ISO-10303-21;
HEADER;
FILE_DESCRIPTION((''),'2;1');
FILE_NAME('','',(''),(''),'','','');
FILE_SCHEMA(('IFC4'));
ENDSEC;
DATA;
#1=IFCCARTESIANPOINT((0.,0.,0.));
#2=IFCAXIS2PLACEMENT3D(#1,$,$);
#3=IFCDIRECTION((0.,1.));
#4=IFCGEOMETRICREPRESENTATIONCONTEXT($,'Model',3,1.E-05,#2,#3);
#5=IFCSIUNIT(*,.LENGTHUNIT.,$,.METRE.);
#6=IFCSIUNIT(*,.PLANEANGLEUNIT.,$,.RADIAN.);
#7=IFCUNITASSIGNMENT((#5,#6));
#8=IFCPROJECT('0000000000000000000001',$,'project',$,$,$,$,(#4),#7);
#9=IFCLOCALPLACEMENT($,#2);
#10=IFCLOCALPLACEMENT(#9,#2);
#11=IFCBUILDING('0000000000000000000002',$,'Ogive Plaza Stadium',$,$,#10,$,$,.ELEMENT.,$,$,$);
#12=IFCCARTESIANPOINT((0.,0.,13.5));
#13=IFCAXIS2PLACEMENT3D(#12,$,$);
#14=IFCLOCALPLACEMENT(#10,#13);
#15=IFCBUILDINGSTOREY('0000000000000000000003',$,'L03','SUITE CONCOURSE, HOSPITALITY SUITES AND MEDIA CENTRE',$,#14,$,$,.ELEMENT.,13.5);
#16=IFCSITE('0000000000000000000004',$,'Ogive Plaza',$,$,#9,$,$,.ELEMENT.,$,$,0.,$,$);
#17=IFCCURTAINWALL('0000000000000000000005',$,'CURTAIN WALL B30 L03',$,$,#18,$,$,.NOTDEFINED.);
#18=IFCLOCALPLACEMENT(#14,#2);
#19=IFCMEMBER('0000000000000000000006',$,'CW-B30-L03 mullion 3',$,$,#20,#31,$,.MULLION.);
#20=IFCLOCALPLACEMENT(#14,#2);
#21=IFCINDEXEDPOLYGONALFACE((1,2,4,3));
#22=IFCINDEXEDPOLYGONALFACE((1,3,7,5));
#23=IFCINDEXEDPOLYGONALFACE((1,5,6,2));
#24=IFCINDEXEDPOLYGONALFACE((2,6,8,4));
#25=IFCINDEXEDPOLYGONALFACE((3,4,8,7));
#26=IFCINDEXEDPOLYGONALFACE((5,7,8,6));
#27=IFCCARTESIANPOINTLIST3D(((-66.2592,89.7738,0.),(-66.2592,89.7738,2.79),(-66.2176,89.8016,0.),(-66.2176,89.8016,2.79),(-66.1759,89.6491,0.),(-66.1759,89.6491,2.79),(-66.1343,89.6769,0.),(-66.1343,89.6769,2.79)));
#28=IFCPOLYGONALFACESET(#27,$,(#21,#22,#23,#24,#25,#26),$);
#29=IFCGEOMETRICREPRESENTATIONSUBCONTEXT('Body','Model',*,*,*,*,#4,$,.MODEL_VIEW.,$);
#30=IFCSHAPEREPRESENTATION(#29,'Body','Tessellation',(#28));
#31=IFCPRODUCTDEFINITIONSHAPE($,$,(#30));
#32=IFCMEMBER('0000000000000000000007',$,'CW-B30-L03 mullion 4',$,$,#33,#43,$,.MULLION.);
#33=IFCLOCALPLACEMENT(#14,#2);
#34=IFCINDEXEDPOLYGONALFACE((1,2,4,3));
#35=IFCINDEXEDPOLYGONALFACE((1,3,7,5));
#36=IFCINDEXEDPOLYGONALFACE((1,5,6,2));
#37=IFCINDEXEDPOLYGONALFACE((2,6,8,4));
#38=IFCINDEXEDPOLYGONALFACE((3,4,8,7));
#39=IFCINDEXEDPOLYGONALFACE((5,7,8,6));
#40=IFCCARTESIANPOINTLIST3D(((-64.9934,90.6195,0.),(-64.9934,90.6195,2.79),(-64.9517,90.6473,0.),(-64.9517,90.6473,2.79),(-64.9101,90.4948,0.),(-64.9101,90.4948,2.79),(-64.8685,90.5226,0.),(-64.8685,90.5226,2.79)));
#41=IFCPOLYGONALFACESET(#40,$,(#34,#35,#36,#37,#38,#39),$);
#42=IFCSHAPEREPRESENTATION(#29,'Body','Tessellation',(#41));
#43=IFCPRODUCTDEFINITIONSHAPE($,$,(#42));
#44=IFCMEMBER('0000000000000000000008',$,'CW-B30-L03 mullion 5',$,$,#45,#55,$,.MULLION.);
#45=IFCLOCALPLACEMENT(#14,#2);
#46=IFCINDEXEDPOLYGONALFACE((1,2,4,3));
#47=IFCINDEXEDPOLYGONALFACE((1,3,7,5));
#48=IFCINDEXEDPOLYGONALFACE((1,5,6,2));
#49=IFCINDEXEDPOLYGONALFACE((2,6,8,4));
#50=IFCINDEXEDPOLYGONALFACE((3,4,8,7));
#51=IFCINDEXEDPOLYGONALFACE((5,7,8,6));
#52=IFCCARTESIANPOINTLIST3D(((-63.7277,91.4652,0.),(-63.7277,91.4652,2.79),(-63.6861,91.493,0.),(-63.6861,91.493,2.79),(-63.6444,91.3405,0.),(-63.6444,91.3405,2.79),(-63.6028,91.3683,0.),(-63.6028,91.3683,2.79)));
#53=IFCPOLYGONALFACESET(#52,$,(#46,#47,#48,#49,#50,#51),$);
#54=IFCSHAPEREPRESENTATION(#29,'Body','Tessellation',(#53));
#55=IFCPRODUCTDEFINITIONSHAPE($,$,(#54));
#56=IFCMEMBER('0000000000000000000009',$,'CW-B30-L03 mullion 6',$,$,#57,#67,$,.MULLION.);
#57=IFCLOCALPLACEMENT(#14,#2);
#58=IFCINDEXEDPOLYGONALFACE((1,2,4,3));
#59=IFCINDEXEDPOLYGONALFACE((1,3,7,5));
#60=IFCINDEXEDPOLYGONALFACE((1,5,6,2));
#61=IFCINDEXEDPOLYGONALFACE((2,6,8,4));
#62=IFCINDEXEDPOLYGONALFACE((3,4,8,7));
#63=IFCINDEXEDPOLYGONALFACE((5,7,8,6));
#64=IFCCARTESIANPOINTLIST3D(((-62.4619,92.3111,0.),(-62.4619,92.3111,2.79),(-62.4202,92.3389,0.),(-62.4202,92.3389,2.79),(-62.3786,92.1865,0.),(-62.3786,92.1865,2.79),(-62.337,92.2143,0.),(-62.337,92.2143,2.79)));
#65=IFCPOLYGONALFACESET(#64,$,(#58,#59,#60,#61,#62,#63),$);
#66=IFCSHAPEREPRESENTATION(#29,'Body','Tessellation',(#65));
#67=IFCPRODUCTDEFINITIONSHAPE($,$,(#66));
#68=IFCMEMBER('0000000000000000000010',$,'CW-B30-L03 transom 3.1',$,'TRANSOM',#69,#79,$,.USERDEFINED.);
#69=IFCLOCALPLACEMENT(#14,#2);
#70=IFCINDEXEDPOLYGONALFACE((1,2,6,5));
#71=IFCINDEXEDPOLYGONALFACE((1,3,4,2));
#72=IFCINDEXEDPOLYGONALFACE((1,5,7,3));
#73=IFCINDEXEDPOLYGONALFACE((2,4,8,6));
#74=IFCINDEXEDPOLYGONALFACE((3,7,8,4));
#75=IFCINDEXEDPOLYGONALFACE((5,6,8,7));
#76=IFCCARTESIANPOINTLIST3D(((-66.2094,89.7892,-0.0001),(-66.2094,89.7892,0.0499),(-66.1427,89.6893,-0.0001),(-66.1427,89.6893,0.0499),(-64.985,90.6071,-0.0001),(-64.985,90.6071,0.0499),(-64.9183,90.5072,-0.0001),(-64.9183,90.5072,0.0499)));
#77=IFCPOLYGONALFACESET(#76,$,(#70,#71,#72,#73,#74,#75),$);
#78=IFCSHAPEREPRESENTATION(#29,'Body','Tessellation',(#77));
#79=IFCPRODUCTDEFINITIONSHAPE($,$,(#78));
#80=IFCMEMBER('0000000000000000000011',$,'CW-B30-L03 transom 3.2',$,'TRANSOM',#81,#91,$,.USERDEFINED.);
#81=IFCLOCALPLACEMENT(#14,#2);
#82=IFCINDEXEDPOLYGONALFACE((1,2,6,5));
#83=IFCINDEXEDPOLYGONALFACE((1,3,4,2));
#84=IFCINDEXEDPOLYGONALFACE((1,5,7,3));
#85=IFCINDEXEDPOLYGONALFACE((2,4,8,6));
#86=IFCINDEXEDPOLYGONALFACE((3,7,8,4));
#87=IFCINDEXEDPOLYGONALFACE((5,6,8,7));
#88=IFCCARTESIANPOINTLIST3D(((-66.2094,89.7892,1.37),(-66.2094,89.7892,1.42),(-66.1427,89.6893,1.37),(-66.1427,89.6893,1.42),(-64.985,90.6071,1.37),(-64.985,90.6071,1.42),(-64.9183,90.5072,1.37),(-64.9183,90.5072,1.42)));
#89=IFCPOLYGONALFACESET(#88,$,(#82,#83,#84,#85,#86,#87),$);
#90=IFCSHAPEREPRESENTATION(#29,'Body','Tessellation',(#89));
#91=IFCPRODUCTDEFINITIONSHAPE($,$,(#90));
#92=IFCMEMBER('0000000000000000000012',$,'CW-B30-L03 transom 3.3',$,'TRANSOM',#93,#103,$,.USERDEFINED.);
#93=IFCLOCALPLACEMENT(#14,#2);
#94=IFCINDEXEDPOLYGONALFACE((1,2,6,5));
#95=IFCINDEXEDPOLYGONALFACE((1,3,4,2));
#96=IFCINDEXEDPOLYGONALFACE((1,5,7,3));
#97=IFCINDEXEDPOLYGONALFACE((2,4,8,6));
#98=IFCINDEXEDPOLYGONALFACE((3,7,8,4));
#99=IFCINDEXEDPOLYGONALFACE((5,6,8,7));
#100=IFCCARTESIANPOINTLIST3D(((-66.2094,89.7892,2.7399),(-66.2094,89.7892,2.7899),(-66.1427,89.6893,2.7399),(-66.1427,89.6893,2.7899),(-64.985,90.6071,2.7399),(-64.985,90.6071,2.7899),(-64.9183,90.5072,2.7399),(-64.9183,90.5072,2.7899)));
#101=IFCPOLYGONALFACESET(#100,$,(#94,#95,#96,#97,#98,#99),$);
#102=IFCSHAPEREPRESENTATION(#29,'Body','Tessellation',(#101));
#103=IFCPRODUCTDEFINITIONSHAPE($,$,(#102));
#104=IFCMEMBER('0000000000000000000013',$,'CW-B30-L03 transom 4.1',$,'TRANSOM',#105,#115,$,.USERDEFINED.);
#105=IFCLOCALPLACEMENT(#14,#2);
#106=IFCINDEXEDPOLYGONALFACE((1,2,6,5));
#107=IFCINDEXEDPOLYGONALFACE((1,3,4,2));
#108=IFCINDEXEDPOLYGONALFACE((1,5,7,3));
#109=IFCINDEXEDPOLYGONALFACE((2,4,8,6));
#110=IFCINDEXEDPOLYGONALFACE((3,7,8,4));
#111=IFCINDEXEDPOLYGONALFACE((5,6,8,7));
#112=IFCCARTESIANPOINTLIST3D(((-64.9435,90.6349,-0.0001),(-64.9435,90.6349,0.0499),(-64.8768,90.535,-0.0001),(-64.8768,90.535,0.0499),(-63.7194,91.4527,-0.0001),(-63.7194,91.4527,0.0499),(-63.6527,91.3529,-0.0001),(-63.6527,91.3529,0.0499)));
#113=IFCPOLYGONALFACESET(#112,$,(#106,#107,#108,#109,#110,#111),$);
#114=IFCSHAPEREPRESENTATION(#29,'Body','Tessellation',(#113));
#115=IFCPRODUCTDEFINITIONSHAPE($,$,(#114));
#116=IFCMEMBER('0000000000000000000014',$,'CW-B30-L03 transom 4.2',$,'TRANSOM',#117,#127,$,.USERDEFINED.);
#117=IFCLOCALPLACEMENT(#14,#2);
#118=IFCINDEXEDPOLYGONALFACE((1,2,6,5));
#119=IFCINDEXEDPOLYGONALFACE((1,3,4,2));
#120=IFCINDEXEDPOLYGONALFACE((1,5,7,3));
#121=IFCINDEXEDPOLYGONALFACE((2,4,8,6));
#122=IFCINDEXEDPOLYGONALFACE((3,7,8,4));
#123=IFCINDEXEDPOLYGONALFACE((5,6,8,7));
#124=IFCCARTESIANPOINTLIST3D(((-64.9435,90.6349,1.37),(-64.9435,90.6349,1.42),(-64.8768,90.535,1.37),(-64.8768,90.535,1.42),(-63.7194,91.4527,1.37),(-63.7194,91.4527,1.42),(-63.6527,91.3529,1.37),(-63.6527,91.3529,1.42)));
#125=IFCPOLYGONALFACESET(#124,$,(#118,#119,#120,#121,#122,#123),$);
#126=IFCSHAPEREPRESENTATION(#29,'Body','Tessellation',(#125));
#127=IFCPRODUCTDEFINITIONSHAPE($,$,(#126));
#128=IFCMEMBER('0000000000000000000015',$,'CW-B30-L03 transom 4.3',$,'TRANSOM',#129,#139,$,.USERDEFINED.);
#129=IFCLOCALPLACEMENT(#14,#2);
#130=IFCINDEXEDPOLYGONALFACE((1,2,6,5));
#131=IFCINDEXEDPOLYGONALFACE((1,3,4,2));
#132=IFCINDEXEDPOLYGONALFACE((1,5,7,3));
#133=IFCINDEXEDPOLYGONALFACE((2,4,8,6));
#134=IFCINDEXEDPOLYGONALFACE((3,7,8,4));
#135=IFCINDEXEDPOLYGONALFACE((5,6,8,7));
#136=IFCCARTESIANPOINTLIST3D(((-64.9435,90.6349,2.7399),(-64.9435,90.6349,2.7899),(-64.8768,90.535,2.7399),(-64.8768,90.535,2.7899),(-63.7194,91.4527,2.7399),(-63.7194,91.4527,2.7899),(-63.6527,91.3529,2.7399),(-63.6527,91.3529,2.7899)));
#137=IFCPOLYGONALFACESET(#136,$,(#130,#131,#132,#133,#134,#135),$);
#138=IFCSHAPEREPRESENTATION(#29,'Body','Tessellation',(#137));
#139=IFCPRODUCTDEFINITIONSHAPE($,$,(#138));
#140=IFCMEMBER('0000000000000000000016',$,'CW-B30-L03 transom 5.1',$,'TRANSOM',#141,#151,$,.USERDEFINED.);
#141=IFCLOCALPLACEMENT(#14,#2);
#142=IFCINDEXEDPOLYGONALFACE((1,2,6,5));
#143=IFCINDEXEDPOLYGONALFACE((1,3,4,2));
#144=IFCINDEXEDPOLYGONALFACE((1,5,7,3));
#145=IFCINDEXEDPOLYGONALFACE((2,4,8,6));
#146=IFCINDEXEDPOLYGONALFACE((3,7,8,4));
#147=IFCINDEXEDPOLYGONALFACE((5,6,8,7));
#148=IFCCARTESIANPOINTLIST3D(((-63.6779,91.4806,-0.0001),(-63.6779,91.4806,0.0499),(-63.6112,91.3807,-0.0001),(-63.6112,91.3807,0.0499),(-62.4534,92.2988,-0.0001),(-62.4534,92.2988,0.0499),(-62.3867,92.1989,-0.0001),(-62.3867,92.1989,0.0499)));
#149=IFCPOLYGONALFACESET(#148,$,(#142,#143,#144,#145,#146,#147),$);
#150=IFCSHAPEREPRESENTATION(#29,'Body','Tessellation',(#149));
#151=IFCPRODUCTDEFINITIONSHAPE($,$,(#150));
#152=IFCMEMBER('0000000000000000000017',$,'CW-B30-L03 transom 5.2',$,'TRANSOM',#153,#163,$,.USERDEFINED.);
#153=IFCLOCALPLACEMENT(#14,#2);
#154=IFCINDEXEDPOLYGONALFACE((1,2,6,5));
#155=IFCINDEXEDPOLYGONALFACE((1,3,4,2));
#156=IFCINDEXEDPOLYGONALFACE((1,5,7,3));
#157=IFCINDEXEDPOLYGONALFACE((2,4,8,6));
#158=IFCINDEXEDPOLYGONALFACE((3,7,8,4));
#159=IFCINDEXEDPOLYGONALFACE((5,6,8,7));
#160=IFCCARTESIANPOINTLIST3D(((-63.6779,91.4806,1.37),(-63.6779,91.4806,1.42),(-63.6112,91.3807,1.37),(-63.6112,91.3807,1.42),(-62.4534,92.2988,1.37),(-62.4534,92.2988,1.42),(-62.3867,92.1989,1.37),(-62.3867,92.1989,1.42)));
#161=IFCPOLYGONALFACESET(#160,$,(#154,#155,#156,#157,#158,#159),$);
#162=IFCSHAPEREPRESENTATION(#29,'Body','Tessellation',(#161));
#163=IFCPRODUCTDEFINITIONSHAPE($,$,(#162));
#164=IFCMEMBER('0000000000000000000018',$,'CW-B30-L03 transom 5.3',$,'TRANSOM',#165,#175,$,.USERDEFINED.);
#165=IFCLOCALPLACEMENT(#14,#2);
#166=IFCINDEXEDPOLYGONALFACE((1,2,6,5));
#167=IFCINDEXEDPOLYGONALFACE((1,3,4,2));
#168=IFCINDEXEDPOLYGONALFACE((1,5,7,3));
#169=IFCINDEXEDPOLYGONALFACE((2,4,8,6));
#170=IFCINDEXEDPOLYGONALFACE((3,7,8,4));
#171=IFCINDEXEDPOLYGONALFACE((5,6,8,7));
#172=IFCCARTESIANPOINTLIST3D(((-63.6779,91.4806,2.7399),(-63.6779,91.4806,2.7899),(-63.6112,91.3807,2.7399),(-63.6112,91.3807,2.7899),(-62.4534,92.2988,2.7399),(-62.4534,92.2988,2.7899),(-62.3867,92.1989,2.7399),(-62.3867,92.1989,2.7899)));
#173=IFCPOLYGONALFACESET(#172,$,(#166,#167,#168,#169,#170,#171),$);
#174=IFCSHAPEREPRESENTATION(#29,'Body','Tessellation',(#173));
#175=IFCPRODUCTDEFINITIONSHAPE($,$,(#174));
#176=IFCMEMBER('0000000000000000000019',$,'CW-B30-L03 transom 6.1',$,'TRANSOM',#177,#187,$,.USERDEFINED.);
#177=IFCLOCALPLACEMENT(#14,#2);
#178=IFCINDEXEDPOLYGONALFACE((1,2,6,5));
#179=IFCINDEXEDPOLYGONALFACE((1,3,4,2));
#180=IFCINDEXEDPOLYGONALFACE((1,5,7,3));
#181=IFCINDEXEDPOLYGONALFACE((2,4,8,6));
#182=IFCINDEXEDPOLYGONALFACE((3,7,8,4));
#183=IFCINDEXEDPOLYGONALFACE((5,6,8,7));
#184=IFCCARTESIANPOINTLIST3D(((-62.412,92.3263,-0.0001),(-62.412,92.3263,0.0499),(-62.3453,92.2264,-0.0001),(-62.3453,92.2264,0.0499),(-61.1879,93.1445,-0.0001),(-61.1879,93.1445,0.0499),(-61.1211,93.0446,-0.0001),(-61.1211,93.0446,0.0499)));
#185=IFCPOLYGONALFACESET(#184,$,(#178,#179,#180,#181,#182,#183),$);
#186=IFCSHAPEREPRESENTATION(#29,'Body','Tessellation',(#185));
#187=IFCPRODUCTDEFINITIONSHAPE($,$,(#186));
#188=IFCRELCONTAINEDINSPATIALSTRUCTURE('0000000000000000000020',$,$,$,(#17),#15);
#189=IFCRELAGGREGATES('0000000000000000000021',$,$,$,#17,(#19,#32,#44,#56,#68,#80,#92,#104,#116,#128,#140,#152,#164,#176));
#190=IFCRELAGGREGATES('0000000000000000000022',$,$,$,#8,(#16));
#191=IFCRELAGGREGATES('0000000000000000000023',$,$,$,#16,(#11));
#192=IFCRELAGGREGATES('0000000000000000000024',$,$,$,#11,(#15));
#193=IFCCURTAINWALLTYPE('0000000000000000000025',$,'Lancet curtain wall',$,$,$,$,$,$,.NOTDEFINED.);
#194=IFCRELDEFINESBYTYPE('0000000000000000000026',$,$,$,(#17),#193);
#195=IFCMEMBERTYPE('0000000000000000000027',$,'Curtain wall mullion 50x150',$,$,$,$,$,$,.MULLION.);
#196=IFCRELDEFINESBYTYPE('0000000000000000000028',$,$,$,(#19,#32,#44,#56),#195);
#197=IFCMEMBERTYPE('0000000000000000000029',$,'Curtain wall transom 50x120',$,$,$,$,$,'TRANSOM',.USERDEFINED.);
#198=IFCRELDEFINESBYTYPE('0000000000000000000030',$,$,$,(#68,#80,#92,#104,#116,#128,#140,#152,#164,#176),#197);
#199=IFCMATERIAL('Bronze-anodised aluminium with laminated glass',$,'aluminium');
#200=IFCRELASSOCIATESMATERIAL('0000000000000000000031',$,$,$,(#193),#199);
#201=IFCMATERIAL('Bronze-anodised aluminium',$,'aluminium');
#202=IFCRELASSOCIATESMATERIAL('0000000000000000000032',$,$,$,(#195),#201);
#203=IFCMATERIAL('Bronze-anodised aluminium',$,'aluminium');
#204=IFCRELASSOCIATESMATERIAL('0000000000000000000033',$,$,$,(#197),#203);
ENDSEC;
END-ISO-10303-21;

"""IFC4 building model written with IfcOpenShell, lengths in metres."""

from ifc_helpers import new_model, si_unit, direction, frame, origin, origin_2d, place, context, subcontext, project, spatial, rectangle, extrude, material, material_profile, profile_set, type_object, element, aggregate, save


model = new_model("IFC4")

# Units and contexts
model_context = context("Model", 3, precision=1e-05, world=origin(), true_north=direction((0.0, 1.0)))
body_context = subcontext(model_context, "Body", "Model", "MODEL_VIEW")
ifc_project = project(units=[si_unit("LENGTHUNIT", "METRE"), si_unit("PLANEANGLEUNIT", "RADIAN")], contexts=[model_context])

# Site, building, storey
site_placement = place(None, origin())
site = spatial("IfcSite", under=ifc_project, at=site_placement, Name="Ogive Plaza", CompositionType="ELEMENT", RefElevation=0.0)
building_placement = place(site_placement, origin())
building = spatial("IfcBuilding", under=site, at=building_placement, Name="Ogive Plaza Stadium", CompositionType="ELEMENT")
storey_placement = place(building_placement, frame((0.0, 0.0, 13.5)))
storey = spatial("IfcBuildingStorey", under=building, at=storey_placement, Name="L03", Description="SUITE CONCOURSE, HOSPITALITY SUITES AND MEDIA CENTRE", CompositionType="ELEMENT", Elevation=13.5)

# Curtain wall, members
ifc_material_1 = material(Name="Bronze-anodised aluminium with laminated glass", Category="aluminium")
curtain_wall_type = type_object("IfcCurtainWallType", Name="Lancet curtain wall", PredefinedType="NOTDEFINED", material=ifc_material_1)
curtain_wall_placement = place(storey_placement, origin())
curtain_wall = element("IfcCurtainWall", 1, at=curtain_wall_placement, inside=storey, type_object=curtain_wall_type, Name="CURTAIN WALL B30 L03", PredefinedType="NOTDEFINED")
ifc_material_2 = material(Name="Bronze-anodised aluminium", Category="aluminium")
ifc_material_profile_1 = material_profile(ifc_material_2, rectangle(XDim=0.1499, YDim=0.05, at=origin_2d()), Name="AL 150x50")
ifc_profile_set_1 = profile_set([ifc_material_profile_1], Name="Bronze-anodised aluminium")
member_type_1 = type_object("IfcMemberType", Name="Curtain wall mullion 50x150", PredefinedType="MULLION", material=ifc_profile_set_1)
member_1_placement = place(storey_placement, frame((-66.1968, 89.7253, 0.0), z_axis=(0.0, 0.0, 1.0), x_axis=(-0.55557, 0.83147, 0.0)))
member_1 = element("IfcMember", 2, at=member_1_placement, type_object=member_type_1, Name="CW-B30-L03 mullion 3", PredefinedType="MULLION", context=body_context, shape_type="SweptSolid", body=[
    extrude(rectangle(XDim=0.1499, YDim=0.05, at=origin_2d()), origin(), (0.0, 0.0, 1.0), 2.79),
])
member_2_placement = place(storey_placement, frame((-64.9309, 90.571, 0.0), z_axis=(0.0, 0.0, 1.0), x_axis=(-0.55557, 0.83147, 0.0)))
member_2 = element("IfcMember", 3, at=member_2_placement, type_object=member_type_1, Name="CW-B30-L03 mullion 4", PredefinedType="MULLION", context=body_context, shape_type="SweptSolid", body=[
    extrude(rectangle(XDim=0.1499, YDim=0.05, at=origin_2d()), origin(), (0.0, 0.0, 1.0), 2.79),
])
member_3_placement = place(storey_placement, frame((-63.6653, 91.4167, 0.0), z_axis=(0.0, 0.0, 1.0), x_axis=(-0.55557, 0.83147, 0.0)))
member_3 = element("IfcMember", 4, at=member_3_placement, type_object=member_type_1, Name="CW-B30-L03 mullion 5", PredefinedType="MULLION", context=body_context, shape_type="SweptSolid", body=[
    extrude(rectangle(XDim=0.1499, YDim=0.05, at=origin_2d()), origin(), (0.0, 0.0, 1.0), 2.79),
])
member_4_placement = place(storey_placement, frame((-62.3994, 92.2627, 0.0), z_axis=(0.0, 0.0, 1.0), x_axis=(-0.55557, 0.83147, 0.0)))
member_4 = element("IfcMember", 5, at=member_4_placement, type_object=member_type_1, Name="CW-B30-L03 mullion 6", PredefinedType="MULLION", context=body_context, shape_type="SweptSolid", body=[
    extrude(rectangle(XDim=0.1499, YDim=0.05, at=origin_2d()), origin(), (0.0, 0.0, 1.0), 2.79),
])
ifc_material_3 = material(Name="Bronze-anodised aluminium", Category="aluminium")
ifc_material_profile_2 = material_profile(ifc_material_3, rectangle(XDim=0.1201, YDim=0.05, at=origin_2d()), Name="AL 120x50")
ifc_profile_set_2 = profile_set([ifc_material_profile_2], Name="Bronze-anodised aluminium")
member_type_2 = type_object("IfcMemberType", Name="Curtain wall transom 50x120", ElementType="TRANSOM", PredefinedType="USERDEFINED", material=ifc_profile_set_2)
member_5_placement = place(storey_placement, frame((-66.176, 89.7393, 0.0249), z_axis=(0.83154, 0.555465, 0.0), x_axis=(-0.555465, 0.83154, 0.0)))
member_5 = element("IfcMember", 6, at=member_5_placement, type_object=member_type_2, Name="CW-B30-L03 transom 3.1", ObjectType="TRANSOM", PredefinedType="USERDEFINED", context=body_context, shape_type="SweptSolid", body=[
    extrude(rectangle(XDim=0.1201, YDim=0.05, at=origin_2d()), origin(), (0.0, 0.0, 1.0), 1.4724),
])
member_6_placement = place(storey_placement, frame((-66.176, 89.7393, 1.395), z_axis=(0.83154, 0.555465, 0.0), x_axis=(-0.555465, 0.83154, 0.0)))
member_6 = element("IfcMember", 7, at=member_6_placement, type_object=member_type_2, Name="CW-B30-L03 transom 3.2", ObjectType="TRANSOM", PredefinedType="USERDEFINED", context=body_context, shape_type="SweptSolid", body=[
    extrude(rectangle(XDim=0.1201, YDim=0.05, at=origin_2d()), origin(), (0.0, 0.0, 1.0), 1.4724),
])
member_7_placement = place(storey_placement, frame((-66.176, 89.7393, 2.7649), z_axis=(0.83154, 0.555465, 0.0), x_axis=(-0.555465, 0.83154, 0.0)))
member_7 = element("IfcMember", 8, at=member_7_placement, type_object=member_type_2, Name="CW-B30-L03 transom 3.3", ObjectType="TRANSOM", PredefinedType="USERDEFINED", context=body_context, shape_type="SweptSolid", body=[
    extrude(rectangle(XDim=0.1201, YDim=0.05, at=origin_2d()), origin(), (0.0, 0.0, 1.0), 1.4724),
])
member_8_placement = place(storey_placement, frame((-64.9102, 90.585, 0.0249), z_axis=(0.831489, 0.555542, 0.0), x_axis=(-0.555542, 0.831489, 0.0)))
member_8 = element("IfcMember", 9, at=member_8_placement, type_object=member_type_2, Name="CW-B30-L03 transom 4.1", ObjectType="TRANSOM", PredefinedType="USERDEFINED", context=body_context, shape_type="SweptSolid", body=[
    extrude(rectangle(XDim=0.1201, YDim=0.05, at=origin_2d()), origin(), (0.0, 0.0, 1.0), 1.4722),
])
member_9_placement = place(storey_placement, frame((-64.9102, 90.585, 1.395), z_axis=(0.831489, 0.555542, 0.0), x_axis=(-0.555542, 0.831489, 0.0)))
member_9 = element("IfcMember", 10, at=member_9_placement, type_object=member_type_2, Name="CW-B30-L03 transom 4.2", ObjectType="TRANSOM", PredefinedType="USERDEFINED", context=body_context, shape_type="SweptSolid", body=[
    extrude(rectangle(XDim=0.1201, YDim=0.05, at=origin_2d()), origin(), (0.0, 0.0, 1.0), 1.4722),
])
member_10_placement = place(storey_placement, frame((-64.9102, 90.585, 2.7649), z_axis=(0.831489, 0.555542, 0.0), x_axis=(-0.555542, 0.831489, 0.0)))
member_10 = element("IfcMember", 11, at=member_10_placement, type_object=member_type_2, Name="CW-B30-L03 transom 4.3", ObjectType="TRANSOM", PredefinedType="USERDEFINED", context=body_context, shape_type="SweptSolid", body=[
    extrude(rectangle(XDim=0.1201, YDim=0.05, at=origin_2d()), origin(), (0.0, 0.0, 1.0), 1.4722),
])
member_11_placement = place(storey_placement, frame((-63.6445, 91.4307, 0.0249), z_axis=(0.831463, 0.55558, 0.0), x_axis=(-0.55558, 0.831463, 0.0)))
member_11 = element("IfcMember", 12, at=member_11_placement, type_object=member_type_2, Name="CW-B30-L03 transom 5.1", ObjectType="TRANSOM", PredefinedType="USERDEFINED", context=body_context, shape_type="SweptSolid", body=[
    extrude(rectangle(XDim=0.1201, YDim=0.05, at=origin_2d()), origin(), (0.0, 0.0, 1.0), 1.4727),
])
member_12_placement = place(storey_placement, frame((-63.6445, 91.4307, 1.395), z_axis=(0.831463, 0.55558, 0.0), x_axis=(-0.55558, 0.831463, 0.0)))
member_12 = element("IfcMember", 13, at=member_12_placement, type_object=member_type_2, Name="CW-B30-L03 transom 5.2", ObjectType="TRANSOM", PredefinedType="USERDEFINED", context=body_context, shape_type="SweptSolid", body=[
    extrude(rectangle(XDim=0.1201, YDim=0.05, at=origin_2d()), origin(), (0.0, 0.0, 1.0), 1.4727),
])
member_13_placement = place(storey_placement, frame((-63.6445, 91.4307, 2.7649), z_axis=(0.831463, 0.55558, 0.0), x_axis=(-0.55558, 0.831463, 0.0)))
member_13 = element("IfcMember", 14, at=member_13_placement, type_object=member_type_2, Name="CW-B30-L03 transom 5.3", ObjectType="TRANSOM", PredefinedType="USERDEFINED", context=body_context, shape_type="SweptSolid", body=[
    extrude(rectangle(XDim=0.1201, YDim=0.05, at=origin_2d()), origin(), (0.0, 0.0, 1.0), 1.4727),
])
member_14_placement = place(storey_placement, frame((-62.3787, 92.2764, 0.0249), z_axis=(0.831412, 0.555656, 0.0), x_axis=(-0.555656, 0.831412, 0.0)))
member_14 = element("IfcMember", 15, at=member_14_placement, type_object=member_type_2, Name="CW-B30-L03 transom 6.1", ObjectType="TRANSOM", PredefinedType="USERDEFINED", context=body_context, shape_type="SweptSolid", body=[
    extrude(rectangle(XDim=0.1201, YDim=0.05, at=origin_2d()), origin(), (0.0, 0.0, 1.0), 1.4724),
])
aggregate(curtain_wall, [member_1, member_2, member_3, member_4, member_5, member_6, member_7, member_8, member_9, member_10, member_11, member_12, member_13, member_14])

save(model, "model.ifc")
